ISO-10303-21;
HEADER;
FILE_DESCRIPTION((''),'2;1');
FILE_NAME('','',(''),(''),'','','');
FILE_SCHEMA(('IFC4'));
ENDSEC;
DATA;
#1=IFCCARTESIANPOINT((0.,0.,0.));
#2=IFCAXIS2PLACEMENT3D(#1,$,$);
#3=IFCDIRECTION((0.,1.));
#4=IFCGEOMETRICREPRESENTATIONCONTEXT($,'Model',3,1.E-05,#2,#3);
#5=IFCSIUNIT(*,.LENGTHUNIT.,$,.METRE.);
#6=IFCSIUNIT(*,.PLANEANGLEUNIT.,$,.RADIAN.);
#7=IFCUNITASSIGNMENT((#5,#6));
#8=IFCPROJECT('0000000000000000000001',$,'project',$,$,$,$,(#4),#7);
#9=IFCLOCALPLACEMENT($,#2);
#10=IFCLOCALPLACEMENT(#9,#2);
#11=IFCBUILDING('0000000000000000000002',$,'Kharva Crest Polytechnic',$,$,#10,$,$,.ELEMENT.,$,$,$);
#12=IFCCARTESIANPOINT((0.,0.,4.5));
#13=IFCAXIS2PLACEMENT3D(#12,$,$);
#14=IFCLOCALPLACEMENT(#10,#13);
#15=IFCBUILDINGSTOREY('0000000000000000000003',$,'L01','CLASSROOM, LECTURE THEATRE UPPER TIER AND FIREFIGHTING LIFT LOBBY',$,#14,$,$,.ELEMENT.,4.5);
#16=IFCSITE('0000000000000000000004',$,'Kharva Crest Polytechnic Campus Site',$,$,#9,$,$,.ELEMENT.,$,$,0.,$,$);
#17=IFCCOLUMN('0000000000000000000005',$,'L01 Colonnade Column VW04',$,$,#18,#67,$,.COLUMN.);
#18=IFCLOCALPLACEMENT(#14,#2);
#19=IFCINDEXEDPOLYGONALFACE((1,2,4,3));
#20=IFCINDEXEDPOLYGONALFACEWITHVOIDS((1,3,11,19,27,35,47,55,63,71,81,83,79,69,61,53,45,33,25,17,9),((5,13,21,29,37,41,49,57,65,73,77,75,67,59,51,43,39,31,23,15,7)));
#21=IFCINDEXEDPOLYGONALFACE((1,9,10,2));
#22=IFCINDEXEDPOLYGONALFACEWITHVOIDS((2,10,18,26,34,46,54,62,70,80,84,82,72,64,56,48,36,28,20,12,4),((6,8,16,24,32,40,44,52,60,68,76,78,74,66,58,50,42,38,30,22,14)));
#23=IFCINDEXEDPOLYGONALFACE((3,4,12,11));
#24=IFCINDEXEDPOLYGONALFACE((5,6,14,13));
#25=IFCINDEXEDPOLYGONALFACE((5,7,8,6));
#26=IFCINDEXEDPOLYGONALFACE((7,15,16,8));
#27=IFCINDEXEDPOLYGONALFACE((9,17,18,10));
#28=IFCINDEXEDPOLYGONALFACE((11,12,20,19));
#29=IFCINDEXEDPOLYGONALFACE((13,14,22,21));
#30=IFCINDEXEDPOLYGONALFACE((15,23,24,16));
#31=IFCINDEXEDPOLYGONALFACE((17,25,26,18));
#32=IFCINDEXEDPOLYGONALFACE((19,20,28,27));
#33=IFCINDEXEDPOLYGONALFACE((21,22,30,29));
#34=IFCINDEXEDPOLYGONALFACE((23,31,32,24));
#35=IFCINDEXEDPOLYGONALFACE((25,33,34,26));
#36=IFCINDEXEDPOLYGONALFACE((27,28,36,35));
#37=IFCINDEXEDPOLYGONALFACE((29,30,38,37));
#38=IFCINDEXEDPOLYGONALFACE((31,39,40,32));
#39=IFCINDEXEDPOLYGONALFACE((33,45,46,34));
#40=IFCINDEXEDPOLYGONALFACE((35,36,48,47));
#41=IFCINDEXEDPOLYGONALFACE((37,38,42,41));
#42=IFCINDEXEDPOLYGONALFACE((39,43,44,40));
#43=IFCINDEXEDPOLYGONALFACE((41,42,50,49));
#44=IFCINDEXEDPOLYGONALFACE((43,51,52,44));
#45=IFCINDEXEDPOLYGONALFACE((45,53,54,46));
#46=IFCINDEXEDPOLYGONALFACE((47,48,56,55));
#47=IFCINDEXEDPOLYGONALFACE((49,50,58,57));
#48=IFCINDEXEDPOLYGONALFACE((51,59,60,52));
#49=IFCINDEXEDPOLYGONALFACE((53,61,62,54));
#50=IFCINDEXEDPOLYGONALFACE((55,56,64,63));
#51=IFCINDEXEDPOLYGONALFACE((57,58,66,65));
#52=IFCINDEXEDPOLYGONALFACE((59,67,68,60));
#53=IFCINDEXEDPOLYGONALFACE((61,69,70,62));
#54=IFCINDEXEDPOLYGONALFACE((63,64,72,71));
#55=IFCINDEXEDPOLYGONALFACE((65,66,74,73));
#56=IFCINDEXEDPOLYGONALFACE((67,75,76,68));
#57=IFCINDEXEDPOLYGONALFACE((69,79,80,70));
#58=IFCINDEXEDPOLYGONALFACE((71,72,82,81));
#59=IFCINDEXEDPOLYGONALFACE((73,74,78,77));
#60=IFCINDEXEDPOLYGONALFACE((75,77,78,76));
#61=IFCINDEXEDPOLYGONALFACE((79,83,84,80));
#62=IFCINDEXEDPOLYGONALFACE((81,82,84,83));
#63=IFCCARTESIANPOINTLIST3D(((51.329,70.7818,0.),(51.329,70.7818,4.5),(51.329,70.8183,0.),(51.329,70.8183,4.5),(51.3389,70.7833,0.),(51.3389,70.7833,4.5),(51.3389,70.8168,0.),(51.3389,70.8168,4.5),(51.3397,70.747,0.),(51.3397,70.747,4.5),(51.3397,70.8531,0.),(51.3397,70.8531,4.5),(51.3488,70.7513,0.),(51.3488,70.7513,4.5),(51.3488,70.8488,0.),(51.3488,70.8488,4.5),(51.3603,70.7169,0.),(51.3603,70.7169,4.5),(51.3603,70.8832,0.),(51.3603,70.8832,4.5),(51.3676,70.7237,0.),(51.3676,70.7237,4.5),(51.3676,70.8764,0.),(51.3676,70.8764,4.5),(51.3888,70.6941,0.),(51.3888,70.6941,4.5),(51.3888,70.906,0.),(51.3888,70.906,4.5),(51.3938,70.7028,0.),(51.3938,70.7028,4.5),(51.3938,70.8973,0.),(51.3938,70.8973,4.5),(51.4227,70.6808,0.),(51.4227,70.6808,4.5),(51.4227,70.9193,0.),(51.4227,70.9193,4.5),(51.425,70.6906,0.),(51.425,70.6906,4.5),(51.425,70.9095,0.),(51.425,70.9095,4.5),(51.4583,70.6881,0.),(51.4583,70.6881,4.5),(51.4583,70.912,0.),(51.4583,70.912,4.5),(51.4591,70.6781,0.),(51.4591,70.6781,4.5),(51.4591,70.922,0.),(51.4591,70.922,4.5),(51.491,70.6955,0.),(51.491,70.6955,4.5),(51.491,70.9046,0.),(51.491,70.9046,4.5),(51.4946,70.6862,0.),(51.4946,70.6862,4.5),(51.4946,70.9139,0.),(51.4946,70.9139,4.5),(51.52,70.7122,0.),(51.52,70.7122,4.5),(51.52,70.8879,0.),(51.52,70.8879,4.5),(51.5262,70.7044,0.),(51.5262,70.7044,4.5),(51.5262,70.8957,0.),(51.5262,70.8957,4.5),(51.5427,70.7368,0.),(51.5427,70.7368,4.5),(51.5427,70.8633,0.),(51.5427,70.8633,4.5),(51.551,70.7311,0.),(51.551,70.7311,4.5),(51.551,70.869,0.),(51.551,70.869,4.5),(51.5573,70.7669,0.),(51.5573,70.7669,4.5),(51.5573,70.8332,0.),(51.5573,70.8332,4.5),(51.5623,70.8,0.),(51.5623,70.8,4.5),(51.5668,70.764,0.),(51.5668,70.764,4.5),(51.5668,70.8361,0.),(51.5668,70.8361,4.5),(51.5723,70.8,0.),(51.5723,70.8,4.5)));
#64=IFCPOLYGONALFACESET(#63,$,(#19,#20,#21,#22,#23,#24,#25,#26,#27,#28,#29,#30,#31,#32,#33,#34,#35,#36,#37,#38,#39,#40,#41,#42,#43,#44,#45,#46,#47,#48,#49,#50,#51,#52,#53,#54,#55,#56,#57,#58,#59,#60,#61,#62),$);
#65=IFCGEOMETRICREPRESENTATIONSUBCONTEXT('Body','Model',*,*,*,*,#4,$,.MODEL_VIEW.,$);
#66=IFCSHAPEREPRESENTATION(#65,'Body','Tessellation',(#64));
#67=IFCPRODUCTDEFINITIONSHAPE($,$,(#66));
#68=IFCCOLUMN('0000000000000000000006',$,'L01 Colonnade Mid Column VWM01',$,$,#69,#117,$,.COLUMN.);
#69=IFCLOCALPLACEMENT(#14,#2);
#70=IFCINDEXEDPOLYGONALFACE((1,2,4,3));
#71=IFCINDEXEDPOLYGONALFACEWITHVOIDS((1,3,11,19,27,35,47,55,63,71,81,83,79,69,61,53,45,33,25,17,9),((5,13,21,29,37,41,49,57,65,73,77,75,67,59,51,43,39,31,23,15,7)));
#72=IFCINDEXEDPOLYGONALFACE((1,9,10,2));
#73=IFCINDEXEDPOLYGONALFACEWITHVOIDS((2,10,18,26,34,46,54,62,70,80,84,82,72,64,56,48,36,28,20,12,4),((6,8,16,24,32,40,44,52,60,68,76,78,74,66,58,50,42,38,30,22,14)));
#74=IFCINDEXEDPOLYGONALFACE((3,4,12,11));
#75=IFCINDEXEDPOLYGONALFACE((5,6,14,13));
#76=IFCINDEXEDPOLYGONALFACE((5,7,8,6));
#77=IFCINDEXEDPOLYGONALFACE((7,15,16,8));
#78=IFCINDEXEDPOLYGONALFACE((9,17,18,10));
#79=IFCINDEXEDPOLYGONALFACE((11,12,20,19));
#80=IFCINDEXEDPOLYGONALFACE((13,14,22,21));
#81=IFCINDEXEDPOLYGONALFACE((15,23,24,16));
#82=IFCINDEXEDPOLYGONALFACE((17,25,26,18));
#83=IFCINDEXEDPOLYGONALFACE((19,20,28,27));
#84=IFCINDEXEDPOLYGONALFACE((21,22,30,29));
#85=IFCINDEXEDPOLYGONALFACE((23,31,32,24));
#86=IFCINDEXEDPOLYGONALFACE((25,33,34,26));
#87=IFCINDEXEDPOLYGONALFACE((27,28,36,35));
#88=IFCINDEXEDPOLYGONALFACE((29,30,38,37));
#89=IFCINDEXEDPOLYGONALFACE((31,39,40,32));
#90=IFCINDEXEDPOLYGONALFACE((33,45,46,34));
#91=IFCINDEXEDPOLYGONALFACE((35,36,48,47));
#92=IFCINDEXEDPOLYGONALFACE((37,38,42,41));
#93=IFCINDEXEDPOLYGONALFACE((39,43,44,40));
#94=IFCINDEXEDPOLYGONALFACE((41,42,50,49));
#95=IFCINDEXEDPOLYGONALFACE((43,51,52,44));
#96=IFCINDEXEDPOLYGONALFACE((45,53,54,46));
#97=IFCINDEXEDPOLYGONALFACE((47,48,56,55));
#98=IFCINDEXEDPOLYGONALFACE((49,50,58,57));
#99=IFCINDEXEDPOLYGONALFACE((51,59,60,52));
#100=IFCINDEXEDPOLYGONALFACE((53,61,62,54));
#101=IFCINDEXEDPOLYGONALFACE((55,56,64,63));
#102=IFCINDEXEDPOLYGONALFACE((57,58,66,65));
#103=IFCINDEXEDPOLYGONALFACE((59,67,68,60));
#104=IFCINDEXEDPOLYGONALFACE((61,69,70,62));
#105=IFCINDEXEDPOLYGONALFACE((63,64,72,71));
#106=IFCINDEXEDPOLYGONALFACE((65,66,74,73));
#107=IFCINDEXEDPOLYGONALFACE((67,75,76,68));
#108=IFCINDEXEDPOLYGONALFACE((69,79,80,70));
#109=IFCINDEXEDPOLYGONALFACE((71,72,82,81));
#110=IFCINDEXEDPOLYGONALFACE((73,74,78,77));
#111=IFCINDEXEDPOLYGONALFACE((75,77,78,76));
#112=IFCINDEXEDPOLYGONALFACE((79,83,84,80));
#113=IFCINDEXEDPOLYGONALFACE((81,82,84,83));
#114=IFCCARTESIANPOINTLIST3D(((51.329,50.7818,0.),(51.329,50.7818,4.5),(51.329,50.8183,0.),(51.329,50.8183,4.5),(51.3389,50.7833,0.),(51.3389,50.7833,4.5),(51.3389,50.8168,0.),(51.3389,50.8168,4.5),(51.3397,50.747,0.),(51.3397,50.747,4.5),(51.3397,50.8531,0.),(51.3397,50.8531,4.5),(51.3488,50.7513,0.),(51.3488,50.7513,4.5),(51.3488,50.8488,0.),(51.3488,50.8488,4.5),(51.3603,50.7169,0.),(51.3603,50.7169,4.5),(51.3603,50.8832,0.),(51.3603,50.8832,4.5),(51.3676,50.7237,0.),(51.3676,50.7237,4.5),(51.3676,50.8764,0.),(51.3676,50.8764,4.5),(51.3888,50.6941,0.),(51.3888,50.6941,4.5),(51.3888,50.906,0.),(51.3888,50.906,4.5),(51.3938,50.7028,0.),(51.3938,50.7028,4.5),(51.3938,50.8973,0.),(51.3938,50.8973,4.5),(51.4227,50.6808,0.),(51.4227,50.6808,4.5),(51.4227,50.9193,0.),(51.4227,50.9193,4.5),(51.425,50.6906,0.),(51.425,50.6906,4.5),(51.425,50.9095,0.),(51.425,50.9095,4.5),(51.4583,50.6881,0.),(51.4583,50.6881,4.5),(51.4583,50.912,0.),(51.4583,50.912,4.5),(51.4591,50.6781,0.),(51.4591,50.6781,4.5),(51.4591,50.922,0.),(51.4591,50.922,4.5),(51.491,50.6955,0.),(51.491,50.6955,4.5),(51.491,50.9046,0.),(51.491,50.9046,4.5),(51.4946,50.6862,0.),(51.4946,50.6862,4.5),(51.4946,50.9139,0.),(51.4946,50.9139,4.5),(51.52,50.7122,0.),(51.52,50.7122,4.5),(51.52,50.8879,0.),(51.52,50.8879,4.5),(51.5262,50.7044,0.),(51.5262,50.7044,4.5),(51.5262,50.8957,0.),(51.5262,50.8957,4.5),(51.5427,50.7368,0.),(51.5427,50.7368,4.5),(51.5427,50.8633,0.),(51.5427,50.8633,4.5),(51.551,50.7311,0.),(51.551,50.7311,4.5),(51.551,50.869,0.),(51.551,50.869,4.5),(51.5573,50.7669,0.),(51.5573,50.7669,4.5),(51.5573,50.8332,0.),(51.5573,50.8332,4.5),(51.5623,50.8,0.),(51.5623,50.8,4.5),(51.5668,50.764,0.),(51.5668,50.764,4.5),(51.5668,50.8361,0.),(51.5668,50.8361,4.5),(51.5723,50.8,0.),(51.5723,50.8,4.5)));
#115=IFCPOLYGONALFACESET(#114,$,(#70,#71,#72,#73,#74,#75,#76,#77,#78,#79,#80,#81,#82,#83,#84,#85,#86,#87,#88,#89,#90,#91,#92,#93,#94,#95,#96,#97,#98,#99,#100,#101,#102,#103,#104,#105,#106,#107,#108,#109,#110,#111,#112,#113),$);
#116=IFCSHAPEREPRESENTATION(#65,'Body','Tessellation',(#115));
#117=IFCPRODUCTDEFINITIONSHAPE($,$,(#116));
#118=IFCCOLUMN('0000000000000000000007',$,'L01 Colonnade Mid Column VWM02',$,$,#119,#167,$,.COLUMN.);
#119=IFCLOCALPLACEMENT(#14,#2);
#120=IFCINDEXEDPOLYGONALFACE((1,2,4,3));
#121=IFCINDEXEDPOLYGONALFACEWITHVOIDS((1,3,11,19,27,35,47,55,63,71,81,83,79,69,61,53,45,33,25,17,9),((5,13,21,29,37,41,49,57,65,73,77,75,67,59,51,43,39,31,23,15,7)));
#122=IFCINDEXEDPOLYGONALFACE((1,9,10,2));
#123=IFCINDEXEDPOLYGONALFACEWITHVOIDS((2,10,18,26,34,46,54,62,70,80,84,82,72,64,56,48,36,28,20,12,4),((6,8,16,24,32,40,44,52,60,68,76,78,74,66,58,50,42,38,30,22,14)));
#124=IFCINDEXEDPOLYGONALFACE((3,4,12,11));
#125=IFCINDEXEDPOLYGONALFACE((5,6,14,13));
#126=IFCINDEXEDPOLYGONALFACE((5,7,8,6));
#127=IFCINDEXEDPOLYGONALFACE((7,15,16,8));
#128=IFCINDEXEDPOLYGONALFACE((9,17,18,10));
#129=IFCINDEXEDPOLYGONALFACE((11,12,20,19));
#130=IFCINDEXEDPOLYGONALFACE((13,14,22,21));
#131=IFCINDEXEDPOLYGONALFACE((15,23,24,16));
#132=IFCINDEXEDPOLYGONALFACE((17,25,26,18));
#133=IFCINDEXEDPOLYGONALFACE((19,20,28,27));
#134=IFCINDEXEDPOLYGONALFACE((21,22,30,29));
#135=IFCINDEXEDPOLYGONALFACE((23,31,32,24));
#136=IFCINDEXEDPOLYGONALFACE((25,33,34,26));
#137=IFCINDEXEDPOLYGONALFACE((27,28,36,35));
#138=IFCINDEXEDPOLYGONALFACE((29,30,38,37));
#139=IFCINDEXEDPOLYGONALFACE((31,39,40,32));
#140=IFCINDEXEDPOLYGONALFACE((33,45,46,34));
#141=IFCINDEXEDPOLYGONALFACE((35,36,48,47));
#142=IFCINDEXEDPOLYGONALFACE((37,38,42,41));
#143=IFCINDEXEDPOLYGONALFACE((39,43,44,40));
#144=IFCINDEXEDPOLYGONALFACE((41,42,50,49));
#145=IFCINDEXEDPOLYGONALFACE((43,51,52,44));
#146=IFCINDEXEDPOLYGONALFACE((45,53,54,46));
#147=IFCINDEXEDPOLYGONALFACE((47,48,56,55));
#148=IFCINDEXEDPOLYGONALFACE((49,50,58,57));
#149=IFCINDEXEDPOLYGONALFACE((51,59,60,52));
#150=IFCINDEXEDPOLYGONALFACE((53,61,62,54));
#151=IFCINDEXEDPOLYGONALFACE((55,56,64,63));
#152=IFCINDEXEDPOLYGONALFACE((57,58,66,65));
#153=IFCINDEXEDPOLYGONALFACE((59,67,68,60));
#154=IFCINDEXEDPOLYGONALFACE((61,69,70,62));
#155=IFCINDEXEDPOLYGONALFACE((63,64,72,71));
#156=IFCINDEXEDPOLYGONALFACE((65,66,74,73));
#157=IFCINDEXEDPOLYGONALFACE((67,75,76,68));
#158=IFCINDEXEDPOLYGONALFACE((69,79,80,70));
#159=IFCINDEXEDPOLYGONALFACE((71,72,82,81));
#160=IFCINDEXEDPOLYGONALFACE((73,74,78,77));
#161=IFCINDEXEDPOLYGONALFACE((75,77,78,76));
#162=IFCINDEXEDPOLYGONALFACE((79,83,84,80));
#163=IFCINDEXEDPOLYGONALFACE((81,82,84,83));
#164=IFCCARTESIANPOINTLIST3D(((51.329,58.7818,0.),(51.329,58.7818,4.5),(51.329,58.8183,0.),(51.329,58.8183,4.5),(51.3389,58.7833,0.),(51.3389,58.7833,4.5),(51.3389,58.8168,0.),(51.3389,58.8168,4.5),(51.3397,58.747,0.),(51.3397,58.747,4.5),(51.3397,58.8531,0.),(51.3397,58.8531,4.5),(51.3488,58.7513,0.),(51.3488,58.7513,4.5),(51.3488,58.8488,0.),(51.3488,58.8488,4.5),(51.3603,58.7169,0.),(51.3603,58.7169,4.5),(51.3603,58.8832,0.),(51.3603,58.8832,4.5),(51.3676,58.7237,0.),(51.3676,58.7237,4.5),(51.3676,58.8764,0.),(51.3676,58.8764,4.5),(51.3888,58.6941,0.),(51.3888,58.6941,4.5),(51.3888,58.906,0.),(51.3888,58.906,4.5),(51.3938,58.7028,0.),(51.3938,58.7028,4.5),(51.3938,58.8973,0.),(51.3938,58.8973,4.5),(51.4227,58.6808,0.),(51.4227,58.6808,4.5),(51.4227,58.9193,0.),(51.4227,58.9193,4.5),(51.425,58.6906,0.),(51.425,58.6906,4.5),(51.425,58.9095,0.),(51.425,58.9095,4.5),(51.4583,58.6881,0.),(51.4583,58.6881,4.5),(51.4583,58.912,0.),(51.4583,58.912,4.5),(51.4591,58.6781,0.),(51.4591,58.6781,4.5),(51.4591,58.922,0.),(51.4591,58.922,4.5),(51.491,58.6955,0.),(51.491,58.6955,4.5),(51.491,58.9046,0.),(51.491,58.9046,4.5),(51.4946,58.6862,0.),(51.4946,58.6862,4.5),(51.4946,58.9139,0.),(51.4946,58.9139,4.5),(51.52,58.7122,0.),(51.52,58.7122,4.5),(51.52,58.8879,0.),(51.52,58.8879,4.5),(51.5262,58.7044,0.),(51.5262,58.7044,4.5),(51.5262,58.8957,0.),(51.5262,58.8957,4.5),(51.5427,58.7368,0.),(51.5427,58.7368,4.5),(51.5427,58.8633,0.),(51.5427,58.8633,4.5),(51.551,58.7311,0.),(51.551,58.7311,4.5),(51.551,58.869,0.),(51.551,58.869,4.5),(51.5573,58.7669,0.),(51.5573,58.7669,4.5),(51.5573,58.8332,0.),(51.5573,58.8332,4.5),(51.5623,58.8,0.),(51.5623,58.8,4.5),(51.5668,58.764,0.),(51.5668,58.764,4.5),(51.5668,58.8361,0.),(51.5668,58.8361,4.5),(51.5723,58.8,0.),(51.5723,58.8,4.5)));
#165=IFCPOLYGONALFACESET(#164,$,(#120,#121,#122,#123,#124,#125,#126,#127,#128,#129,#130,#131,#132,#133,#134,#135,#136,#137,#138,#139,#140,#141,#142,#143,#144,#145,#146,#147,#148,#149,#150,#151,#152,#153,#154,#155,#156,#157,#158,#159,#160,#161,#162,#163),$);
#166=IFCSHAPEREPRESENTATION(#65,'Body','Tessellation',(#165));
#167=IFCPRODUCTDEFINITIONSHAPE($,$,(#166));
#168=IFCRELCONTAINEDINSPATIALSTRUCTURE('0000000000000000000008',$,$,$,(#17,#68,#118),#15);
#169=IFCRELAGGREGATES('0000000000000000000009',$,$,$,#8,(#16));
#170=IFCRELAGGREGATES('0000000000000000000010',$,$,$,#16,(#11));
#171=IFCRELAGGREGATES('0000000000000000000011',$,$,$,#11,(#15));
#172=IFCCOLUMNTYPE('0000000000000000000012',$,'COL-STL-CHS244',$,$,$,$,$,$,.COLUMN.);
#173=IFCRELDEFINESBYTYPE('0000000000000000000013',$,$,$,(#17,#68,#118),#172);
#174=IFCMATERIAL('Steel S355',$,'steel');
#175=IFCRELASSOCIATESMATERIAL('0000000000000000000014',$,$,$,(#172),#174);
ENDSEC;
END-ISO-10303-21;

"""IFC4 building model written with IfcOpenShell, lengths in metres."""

from ifc_helpers import new_model, si_unit, direction, frame, origin, origin_2d, place, context, subcontext, project, spatial, hollow_circle, extrude, material, material_profile, profile_set, type_object, element, save


model = new_model("IFC4")

# Units and contexts
model_context = context("Model", 3, precision=1e-05, world=origin(), true_north=direction((0.0, 1.0)))
body_context = subcontext(model_context, "Body", "Model", "MODEL_VIEW")
ifc_project = project(units=[si_unit("LENGTHUNIT", "METRE"), si_unit("PLANEANGLEUNIT", "RADIAN")], contexts=[model_context])

# Site, building, storey
site_placement = place(None, origin())
site = spatial("IfcSite", under=ifc_project, at=site_placement, Name="Kharva Crest Polytechnic Campus Site", CompositionType="ELEMENT", RefElevation=0.0)
building_placement = place(site_placement, origin())
building = spatial("IfcBuilding", under=site, at=building_placement, Name="Kharva Crest Polytechnic", CompositionType="ELEMENT")
storey_placement = place(building_placement, frame((0.0, 0.0, 4.5)))
storey = spatial("IfcBuildingStorey", under=building, at=storey_placement, Name="L01", Description="CLASSROOM, LECTURE THEATRE UPPER TIER AND FIREFIGHTING LIFT LOBBY", CompositionType="ELEMENT", Elevation=4.5)

# Columns
ifc_material_1 = material(Name="Steel S355", Category="steel")
ifc_material_profile_1 = material_profile(ifc_material_1, hollow_circle(Radius=0.1223, WallThickness=0.01, at=origin_2d()), Name="CHS 244.5X10.0")
ifc_profile_set_1 = profile_set([ifc_material_profile_1], Name="Steel S355")
column_type_1 = type_object("IfcColumnType", Name="COL-STL-CHS244", PredefinedType="COLUMN", material=ifc_profile_set_1)
for number, where, z_axis, x_axis, name in (
    (1, (51.45, 70.8, 0.0), (0.0, 0.0, 1.0), (1.0, 0.0, 0.0), "L01 Colonnade Column VW04"),
    (2, (51.45, 50.8, 0.0), (0.0, 0.0, 1.0), (1.0, 0.0, 0.0), "L01 Colonnade Mid Column VWM01"),
    (3, (51.45, 58.8, 0.0), (0.0, 0.0, 1.0), (1.0, 0.0, 0.0), "L01 Colonnade Mid Column VWM02"),
):
    element("IfcColumn", number, at=place(storey_placement, frame(where, z_axis=z_axis, x_axis=x_axis)), inside=storey, type_object=column_type_1, Name=name, PredefinedType="COLUMN", context=body_context, shape_type="SweptSolid", body=[
        extrude(hollow_circle(Radius=0.1223, WallThickness=0.01, at=origin_2d()), origin(), (0.0, 0.0, 1.0), 4.5),
    ])

save(model, "model.ifc")
